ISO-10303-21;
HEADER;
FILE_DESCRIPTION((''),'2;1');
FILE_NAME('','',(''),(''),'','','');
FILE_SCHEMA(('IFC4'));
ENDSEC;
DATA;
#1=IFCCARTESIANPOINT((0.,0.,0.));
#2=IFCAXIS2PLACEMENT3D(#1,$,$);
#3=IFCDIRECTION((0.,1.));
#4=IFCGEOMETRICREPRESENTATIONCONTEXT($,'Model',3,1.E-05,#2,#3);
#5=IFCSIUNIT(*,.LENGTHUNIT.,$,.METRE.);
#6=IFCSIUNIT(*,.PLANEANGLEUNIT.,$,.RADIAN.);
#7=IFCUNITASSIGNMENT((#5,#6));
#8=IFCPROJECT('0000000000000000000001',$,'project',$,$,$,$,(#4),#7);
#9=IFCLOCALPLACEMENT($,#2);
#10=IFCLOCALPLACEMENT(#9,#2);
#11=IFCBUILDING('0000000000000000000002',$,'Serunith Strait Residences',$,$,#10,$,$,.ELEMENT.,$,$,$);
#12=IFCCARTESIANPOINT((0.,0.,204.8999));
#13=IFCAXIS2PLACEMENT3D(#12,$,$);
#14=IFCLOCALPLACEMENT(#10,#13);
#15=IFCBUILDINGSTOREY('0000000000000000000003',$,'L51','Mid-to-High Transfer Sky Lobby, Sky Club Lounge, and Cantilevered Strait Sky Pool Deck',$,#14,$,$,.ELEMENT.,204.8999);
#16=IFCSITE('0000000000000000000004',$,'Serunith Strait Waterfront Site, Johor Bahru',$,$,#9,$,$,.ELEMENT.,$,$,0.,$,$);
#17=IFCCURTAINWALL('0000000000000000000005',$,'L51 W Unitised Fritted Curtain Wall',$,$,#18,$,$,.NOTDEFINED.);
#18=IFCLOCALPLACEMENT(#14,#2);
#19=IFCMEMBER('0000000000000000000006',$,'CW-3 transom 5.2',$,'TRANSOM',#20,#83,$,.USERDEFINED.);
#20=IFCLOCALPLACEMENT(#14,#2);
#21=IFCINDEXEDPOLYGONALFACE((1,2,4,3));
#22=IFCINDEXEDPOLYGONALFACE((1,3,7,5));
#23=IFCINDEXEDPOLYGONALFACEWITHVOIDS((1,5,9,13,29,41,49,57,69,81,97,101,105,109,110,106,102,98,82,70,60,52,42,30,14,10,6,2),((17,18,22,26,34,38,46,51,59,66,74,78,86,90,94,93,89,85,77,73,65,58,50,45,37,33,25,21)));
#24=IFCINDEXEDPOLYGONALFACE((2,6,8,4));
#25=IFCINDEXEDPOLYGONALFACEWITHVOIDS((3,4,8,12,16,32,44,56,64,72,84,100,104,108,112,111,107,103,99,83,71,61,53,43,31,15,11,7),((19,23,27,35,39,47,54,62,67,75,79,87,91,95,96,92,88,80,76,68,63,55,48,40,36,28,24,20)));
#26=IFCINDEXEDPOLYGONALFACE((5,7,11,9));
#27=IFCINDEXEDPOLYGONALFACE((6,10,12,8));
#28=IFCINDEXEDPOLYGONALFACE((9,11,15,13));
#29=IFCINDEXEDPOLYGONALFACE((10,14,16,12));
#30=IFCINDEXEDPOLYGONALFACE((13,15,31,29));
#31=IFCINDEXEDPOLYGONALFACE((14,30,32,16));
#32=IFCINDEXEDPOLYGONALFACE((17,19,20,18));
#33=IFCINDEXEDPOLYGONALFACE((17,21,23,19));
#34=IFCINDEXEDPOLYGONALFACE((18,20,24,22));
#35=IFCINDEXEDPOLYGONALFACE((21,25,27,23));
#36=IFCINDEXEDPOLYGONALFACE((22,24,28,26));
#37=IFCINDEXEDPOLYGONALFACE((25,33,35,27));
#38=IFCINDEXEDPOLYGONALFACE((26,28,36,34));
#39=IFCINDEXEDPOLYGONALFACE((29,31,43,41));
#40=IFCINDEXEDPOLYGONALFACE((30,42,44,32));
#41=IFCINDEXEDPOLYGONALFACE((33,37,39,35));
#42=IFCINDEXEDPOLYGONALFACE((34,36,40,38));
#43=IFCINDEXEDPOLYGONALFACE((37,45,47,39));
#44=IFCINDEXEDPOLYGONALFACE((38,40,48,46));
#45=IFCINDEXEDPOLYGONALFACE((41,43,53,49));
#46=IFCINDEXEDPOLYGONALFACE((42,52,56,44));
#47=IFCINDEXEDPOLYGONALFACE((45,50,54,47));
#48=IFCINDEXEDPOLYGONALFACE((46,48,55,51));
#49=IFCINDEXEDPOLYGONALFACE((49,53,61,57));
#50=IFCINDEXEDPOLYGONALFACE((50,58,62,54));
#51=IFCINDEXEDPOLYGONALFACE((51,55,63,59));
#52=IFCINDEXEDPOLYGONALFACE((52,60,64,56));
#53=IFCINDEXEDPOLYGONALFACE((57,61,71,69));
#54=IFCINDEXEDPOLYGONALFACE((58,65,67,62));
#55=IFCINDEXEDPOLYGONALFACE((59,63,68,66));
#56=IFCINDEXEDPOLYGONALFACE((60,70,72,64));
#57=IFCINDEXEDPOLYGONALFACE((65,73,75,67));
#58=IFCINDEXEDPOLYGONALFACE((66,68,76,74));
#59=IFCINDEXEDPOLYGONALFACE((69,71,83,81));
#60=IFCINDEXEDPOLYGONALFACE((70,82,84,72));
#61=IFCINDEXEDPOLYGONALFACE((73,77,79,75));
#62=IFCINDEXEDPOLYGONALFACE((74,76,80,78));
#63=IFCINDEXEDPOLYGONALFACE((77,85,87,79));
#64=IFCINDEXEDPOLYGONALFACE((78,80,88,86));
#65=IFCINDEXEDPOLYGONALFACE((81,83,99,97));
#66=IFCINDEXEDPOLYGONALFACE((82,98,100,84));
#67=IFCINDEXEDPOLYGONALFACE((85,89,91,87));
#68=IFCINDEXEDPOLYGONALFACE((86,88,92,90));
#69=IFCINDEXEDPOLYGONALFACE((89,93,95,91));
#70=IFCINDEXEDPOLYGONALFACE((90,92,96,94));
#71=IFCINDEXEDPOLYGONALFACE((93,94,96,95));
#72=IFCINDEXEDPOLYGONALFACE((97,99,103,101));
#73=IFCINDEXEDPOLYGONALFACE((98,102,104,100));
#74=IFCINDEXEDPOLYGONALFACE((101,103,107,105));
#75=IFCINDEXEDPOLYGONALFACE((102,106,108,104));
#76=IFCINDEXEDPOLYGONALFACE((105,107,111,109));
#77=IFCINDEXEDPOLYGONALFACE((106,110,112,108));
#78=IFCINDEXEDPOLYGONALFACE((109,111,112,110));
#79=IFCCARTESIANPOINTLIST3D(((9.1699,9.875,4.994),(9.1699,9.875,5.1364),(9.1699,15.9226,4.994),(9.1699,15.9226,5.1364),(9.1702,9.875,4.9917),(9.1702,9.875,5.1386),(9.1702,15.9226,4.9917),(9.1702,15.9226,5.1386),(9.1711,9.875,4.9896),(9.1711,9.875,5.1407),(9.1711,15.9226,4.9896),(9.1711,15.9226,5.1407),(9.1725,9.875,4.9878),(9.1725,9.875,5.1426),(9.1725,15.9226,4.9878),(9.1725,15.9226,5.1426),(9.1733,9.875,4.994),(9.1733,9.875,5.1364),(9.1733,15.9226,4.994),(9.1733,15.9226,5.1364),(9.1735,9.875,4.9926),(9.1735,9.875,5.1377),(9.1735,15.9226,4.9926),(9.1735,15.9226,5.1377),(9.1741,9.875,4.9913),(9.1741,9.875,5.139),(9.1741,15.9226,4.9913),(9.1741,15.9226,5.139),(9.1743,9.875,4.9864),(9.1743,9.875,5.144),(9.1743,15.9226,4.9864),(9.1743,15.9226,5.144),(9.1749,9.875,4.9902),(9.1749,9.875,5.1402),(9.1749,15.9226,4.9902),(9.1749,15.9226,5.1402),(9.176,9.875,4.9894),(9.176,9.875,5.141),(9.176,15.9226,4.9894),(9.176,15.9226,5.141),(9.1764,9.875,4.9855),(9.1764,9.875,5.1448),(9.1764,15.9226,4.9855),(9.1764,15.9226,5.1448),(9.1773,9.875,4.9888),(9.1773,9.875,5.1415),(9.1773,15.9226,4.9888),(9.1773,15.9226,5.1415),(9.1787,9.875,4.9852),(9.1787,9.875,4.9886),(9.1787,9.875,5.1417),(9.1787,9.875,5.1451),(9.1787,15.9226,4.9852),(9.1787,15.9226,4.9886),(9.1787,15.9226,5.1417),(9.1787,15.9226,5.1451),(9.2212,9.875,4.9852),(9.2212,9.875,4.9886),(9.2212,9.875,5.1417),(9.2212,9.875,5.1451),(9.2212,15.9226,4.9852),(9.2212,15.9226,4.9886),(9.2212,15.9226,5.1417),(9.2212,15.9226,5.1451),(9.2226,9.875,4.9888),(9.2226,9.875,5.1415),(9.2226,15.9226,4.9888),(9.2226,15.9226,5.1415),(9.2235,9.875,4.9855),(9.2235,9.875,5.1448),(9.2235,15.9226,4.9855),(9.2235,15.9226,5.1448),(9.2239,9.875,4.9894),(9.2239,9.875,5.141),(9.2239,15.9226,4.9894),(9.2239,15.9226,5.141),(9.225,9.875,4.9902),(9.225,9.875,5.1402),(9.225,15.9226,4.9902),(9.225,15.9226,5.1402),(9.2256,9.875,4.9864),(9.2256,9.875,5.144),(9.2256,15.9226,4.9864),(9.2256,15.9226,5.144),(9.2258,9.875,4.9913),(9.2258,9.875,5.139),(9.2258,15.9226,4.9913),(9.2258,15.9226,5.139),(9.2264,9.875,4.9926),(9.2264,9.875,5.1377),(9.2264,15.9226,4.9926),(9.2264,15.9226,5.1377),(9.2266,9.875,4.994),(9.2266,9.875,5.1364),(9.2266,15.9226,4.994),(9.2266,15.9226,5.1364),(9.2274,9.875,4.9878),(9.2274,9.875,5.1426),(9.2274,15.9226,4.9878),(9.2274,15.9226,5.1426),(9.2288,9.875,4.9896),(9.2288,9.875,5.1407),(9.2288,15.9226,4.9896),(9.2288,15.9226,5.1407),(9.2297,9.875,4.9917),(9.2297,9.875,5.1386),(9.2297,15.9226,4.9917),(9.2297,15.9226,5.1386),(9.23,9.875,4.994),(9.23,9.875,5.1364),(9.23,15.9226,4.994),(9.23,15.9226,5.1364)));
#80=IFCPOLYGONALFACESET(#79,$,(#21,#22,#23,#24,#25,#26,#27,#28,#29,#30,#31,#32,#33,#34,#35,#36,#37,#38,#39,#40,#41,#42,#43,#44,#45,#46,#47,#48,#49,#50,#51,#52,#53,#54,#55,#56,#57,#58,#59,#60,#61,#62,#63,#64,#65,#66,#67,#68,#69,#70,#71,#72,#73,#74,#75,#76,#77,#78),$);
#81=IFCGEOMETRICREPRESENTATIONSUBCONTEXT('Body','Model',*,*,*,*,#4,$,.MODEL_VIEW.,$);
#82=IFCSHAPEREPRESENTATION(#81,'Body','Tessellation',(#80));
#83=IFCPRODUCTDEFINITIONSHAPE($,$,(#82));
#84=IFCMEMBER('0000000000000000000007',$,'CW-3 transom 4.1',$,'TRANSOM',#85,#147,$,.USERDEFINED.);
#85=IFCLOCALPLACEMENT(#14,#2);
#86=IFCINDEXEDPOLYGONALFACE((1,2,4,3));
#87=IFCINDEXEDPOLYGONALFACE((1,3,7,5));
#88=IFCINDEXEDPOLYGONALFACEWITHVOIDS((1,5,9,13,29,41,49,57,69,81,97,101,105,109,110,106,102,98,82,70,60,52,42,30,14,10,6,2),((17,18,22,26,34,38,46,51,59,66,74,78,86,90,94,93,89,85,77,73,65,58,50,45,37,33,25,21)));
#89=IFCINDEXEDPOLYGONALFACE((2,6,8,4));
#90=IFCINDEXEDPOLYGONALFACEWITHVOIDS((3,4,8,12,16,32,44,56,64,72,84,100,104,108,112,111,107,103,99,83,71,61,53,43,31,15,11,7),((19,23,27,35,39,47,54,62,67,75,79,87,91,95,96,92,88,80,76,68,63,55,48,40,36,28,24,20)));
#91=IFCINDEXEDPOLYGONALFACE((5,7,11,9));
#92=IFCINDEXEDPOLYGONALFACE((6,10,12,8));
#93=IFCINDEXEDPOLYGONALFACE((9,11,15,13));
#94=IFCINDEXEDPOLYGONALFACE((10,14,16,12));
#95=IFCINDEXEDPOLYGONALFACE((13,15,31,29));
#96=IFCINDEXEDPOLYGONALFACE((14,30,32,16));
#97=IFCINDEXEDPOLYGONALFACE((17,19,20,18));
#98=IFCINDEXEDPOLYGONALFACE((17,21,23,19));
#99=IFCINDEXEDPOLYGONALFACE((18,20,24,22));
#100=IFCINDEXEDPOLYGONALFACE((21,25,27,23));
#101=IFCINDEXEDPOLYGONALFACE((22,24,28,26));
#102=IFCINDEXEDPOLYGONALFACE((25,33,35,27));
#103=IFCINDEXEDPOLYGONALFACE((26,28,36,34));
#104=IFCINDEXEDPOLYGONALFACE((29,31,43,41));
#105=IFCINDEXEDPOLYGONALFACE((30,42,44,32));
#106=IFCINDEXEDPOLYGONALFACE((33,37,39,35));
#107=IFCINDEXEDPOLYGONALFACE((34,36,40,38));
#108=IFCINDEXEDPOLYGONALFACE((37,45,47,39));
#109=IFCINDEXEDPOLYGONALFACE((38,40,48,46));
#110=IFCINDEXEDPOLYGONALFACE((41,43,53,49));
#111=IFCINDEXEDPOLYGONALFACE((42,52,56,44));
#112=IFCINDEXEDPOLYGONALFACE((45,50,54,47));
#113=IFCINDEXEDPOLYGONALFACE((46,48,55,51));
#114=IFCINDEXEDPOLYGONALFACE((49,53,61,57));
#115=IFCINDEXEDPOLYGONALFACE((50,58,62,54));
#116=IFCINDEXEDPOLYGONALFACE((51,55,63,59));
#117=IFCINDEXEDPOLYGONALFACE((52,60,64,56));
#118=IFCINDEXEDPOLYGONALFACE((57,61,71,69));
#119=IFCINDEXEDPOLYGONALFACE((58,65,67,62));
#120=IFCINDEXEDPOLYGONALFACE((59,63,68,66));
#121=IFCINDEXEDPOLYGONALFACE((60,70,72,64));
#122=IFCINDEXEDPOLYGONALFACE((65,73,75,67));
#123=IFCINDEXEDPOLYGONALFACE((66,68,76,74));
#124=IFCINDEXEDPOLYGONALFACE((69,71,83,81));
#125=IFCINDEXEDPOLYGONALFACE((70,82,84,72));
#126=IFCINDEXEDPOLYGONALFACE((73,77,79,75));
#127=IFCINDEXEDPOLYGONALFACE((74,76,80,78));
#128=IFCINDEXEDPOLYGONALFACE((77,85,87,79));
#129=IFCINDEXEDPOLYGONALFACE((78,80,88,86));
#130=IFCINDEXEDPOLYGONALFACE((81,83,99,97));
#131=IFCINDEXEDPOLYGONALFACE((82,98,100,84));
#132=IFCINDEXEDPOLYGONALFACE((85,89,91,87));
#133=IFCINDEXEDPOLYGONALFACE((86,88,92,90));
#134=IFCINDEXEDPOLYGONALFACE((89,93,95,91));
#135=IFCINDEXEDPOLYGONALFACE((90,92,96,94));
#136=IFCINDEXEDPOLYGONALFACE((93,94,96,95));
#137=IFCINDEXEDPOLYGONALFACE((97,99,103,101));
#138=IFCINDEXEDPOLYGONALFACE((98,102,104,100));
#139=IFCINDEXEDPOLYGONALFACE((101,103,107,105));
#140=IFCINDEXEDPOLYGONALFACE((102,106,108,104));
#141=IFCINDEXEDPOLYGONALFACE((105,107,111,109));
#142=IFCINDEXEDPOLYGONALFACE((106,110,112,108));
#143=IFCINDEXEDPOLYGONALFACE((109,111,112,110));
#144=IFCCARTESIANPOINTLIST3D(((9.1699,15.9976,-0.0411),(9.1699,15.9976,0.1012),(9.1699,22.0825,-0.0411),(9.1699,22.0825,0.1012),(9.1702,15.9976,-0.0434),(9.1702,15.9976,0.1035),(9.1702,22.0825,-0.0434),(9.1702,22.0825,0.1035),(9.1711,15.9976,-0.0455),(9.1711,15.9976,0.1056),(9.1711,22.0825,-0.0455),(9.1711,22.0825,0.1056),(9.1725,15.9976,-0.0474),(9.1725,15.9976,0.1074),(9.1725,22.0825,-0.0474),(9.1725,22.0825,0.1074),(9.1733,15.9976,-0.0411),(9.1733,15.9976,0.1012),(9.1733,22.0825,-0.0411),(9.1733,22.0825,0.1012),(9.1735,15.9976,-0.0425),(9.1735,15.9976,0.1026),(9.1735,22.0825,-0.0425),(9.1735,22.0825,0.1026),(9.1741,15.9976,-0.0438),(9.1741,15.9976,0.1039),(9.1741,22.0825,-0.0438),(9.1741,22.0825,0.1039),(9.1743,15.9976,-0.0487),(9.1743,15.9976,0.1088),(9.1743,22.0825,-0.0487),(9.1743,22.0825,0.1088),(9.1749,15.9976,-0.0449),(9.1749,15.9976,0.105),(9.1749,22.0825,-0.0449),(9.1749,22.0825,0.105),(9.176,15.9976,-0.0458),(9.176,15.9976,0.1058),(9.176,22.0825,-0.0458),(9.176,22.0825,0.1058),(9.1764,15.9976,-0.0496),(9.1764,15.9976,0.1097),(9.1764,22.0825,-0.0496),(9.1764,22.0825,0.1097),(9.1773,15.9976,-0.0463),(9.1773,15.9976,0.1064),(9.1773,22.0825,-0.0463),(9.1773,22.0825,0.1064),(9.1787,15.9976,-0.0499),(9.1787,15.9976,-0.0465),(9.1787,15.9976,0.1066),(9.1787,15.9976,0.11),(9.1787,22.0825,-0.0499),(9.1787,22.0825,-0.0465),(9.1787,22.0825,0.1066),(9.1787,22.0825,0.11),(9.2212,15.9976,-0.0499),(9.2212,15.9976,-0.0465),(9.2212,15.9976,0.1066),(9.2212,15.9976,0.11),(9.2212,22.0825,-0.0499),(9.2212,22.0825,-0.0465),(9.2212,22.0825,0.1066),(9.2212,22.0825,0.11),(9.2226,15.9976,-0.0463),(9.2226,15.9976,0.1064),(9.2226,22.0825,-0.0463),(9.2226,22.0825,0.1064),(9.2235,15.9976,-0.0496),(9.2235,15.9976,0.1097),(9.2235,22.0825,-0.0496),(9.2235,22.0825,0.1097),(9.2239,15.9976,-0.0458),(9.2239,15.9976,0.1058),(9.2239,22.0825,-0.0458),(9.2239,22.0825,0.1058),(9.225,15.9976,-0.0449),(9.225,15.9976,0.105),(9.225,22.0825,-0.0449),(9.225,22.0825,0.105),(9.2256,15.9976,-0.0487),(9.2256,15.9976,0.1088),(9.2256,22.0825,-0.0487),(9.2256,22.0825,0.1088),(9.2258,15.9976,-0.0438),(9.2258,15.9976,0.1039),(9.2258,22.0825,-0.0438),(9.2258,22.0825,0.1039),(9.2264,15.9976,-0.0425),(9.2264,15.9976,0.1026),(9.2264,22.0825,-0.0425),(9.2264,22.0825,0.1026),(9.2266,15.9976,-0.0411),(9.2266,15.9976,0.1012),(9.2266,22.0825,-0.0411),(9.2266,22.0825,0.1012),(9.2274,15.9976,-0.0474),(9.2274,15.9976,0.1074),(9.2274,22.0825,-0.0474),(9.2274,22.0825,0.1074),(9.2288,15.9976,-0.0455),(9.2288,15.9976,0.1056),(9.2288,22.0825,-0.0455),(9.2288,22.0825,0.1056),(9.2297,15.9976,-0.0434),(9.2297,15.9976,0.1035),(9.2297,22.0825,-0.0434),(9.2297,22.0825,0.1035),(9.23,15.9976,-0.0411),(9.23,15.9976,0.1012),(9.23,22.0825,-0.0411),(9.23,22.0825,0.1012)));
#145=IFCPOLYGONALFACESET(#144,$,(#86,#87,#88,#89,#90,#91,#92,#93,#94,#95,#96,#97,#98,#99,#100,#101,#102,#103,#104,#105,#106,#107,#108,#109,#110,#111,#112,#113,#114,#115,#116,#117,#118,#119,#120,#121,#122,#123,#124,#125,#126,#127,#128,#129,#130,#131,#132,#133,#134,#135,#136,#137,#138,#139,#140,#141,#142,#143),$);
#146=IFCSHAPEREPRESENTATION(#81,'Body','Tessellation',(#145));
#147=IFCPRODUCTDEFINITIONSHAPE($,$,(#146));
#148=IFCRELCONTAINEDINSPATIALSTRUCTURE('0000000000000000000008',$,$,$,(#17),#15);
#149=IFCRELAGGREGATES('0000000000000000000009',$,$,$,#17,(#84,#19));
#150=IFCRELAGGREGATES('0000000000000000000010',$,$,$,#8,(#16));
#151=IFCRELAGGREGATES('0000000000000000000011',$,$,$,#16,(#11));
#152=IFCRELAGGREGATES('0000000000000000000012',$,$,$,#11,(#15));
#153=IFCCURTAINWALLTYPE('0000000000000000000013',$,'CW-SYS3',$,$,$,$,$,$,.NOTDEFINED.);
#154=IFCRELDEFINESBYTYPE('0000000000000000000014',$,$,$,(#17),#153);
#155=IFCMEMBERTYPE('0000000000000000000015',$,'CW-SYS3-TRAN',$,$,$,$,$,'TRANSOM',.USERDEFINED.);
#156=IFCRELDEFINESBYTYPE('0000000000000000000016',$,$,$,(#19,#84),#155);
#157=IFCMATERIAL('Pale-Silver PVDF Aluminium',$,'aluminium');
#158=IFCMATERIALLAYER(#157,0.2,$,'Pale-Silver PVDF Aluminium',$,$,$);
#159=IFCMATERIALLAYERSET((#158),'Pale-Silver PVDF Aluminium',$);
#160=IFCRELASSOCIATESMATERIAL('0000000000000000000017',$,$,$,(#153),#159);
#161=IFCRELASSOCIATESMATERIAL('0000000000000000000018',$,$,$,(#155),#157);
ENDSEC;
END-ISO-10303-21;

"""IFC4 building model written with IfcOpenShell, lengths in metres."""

from ifc_helpers import new_model, si_unit, direction, frame, origin, origin_2d, place, context, subcontext, project, spatial, hollow_rectangle, extrude, source, transform, mapped, material, layer, layer_set, material_profile, profile_set, type_object, element, aggregate, save


model = new_model("IFC4")

# Units and contexts
model_context = context("Model", 3, precision=1e-05, world=origin(), true_north=direction((0.0, 1.0)))
body_context = subcontext(model_context, "Body", "Model", "MODEL_VIEW")
ifc_project = project(units=[si_unit("LENGTHUNIT", "METRE"), si_unit("PLANEANGLEUNIT", "RADIAN")], contexts=[model_context])

# Site, building, storey
site_placement = place(None, origin())
site = spatial("IfcSite", under=ifc_project, at=site_placement, Name="Serunith Strait Waterfront Site, Johor Bahru", CompositionType="ELEMENT", RefElevation=0.0)
building_placement = place(site_placement, origin())
building = spatial("IfcBuilding", under=site, at=building_placement, Name="Serunith Strait Residences", CompositionType="ELEMENT")
storey_placement = place(building_placement, frame((0.0, 0.0, 204.8999)))
storey = spatial("IfcBuildingStorey", under=building, at=storey_placement, Name="L51", Description="Mid-to-High Transfer Sky Lobby, Sky Club Lounge, and Cantilevered Strait Sky Pool Deck", CompositionType="ELEMENT", Elevation=204.8999)

# Curtain wall, members
ifc_material_1 = material(Name="Pale-Silver PVDF Aluminium", Category="aluminium")
ifc_layer_1 = layer(ifc_material_1, 0.2, Name="Pale-Silver PVDF Aluminium")
ifc_layer_set_1 = layer_set([ifc_layer_1], Name="Pale-Silver PVDF Aluminium")
curtain_wall_type = type_object("IfcCurtainWallType", Name="CW-SYS3", PredefinedType="NOTDEFINED", material=ifc_layer_set_1)
curtain_wall_placement = place(storey_placement, origin())
curtain_wall = element("IfcCurtainWall", 1, at=curtain_wall_placement, inside=storey, type_object=curtain_wall_type, Name="L51 W Unitised Fritted Curtain Wall", PredefinedType="NOTDEFINED")
ifc_material_profile_1 = material_profile(ifc_material_1, hollow_rectangle(XDim=0.0601, YDim=0.1599, WallThickness=0.0034, InnerFilletRadius=0.0054, OuterFilletRadius=0.0088, at=origin_2d()), Name="ALU 160x60x3.5")
ifc_profile_set_1 = profile_set([ifc_material_profile_1], Name="Pale-Silver PVDF Aluminium")
member_type_1 = type_object("IfcMemberType", Name="CW-SYS3-TRAN", ElementType="TRANSOM", PredefinedType="USERDEFINED", material=ifc_profile_set_1)
shared_shape_1 = source(origin(), body_context, "Body", "SweptSolid", [
    extrude(hollow_rectangle(XDim=0.0601, YDim=0.1599, WallThickness=0.0034, InnerFilletRadius=0.0054, OuterFilletRadius=0.0088, at=origin_2d()), origin(), (0.0, 0.0, 1.0), 6.0476),
])
member_1_placement = place(storey_placement, frame((9.2, 15.9226, 5.0652), z_axis=(0.0, -1.0, 0.0), x_axis=(1.0, 0.0, 0.0)))
member_1 = element("IfcMember", 2, at=member_1_placement, type_object=member_type_1, Name="CW-3 transom 5.2", ObjectType="TRANSOM", PredefinedType="USERDEFINED", context=body_context, shape_type="MappedRepresentation", body=[
    mapped(shared_shape_1, transform((0.0, 0.0, 0.0), scale=1.0)),
])
shared_shape_2 = source(origin(), body_context, "Body", "SweptSolid", [
    extrude(hollow_rectangle(XDim=0.0601, YDim=0.1599, WallThickness=0.0034, InnerFilletRadius=0.0054, OuterFilletRadius=0.0088, at=origin_2d()), origin(), (0.0, 0.0, 1.0), 6.085),
])
member_2_placement = place(storey_placement, frame((9.2, 22.0825, 0.03), z_axis=(0.0, -1.0, 0.0), x_axis=(1.0, 0.0, 0.0)))
member_2 = element("IfcMember", 3, at=member_2_placement, type_object=member_type_1, Name="CW-3 transom 4.1", ObjectType="TRANSOM", PredefinedType="USERDEFINED", context=body_context, shape_type="MappedRepresentation", body=[
    mapped(shared_shape_2, transform((0.0, 0.0, 0.0), scale=1.0)),
])
aggregate(curtain_wall, [member_2, member_1])

save(model, "model.ifc")
